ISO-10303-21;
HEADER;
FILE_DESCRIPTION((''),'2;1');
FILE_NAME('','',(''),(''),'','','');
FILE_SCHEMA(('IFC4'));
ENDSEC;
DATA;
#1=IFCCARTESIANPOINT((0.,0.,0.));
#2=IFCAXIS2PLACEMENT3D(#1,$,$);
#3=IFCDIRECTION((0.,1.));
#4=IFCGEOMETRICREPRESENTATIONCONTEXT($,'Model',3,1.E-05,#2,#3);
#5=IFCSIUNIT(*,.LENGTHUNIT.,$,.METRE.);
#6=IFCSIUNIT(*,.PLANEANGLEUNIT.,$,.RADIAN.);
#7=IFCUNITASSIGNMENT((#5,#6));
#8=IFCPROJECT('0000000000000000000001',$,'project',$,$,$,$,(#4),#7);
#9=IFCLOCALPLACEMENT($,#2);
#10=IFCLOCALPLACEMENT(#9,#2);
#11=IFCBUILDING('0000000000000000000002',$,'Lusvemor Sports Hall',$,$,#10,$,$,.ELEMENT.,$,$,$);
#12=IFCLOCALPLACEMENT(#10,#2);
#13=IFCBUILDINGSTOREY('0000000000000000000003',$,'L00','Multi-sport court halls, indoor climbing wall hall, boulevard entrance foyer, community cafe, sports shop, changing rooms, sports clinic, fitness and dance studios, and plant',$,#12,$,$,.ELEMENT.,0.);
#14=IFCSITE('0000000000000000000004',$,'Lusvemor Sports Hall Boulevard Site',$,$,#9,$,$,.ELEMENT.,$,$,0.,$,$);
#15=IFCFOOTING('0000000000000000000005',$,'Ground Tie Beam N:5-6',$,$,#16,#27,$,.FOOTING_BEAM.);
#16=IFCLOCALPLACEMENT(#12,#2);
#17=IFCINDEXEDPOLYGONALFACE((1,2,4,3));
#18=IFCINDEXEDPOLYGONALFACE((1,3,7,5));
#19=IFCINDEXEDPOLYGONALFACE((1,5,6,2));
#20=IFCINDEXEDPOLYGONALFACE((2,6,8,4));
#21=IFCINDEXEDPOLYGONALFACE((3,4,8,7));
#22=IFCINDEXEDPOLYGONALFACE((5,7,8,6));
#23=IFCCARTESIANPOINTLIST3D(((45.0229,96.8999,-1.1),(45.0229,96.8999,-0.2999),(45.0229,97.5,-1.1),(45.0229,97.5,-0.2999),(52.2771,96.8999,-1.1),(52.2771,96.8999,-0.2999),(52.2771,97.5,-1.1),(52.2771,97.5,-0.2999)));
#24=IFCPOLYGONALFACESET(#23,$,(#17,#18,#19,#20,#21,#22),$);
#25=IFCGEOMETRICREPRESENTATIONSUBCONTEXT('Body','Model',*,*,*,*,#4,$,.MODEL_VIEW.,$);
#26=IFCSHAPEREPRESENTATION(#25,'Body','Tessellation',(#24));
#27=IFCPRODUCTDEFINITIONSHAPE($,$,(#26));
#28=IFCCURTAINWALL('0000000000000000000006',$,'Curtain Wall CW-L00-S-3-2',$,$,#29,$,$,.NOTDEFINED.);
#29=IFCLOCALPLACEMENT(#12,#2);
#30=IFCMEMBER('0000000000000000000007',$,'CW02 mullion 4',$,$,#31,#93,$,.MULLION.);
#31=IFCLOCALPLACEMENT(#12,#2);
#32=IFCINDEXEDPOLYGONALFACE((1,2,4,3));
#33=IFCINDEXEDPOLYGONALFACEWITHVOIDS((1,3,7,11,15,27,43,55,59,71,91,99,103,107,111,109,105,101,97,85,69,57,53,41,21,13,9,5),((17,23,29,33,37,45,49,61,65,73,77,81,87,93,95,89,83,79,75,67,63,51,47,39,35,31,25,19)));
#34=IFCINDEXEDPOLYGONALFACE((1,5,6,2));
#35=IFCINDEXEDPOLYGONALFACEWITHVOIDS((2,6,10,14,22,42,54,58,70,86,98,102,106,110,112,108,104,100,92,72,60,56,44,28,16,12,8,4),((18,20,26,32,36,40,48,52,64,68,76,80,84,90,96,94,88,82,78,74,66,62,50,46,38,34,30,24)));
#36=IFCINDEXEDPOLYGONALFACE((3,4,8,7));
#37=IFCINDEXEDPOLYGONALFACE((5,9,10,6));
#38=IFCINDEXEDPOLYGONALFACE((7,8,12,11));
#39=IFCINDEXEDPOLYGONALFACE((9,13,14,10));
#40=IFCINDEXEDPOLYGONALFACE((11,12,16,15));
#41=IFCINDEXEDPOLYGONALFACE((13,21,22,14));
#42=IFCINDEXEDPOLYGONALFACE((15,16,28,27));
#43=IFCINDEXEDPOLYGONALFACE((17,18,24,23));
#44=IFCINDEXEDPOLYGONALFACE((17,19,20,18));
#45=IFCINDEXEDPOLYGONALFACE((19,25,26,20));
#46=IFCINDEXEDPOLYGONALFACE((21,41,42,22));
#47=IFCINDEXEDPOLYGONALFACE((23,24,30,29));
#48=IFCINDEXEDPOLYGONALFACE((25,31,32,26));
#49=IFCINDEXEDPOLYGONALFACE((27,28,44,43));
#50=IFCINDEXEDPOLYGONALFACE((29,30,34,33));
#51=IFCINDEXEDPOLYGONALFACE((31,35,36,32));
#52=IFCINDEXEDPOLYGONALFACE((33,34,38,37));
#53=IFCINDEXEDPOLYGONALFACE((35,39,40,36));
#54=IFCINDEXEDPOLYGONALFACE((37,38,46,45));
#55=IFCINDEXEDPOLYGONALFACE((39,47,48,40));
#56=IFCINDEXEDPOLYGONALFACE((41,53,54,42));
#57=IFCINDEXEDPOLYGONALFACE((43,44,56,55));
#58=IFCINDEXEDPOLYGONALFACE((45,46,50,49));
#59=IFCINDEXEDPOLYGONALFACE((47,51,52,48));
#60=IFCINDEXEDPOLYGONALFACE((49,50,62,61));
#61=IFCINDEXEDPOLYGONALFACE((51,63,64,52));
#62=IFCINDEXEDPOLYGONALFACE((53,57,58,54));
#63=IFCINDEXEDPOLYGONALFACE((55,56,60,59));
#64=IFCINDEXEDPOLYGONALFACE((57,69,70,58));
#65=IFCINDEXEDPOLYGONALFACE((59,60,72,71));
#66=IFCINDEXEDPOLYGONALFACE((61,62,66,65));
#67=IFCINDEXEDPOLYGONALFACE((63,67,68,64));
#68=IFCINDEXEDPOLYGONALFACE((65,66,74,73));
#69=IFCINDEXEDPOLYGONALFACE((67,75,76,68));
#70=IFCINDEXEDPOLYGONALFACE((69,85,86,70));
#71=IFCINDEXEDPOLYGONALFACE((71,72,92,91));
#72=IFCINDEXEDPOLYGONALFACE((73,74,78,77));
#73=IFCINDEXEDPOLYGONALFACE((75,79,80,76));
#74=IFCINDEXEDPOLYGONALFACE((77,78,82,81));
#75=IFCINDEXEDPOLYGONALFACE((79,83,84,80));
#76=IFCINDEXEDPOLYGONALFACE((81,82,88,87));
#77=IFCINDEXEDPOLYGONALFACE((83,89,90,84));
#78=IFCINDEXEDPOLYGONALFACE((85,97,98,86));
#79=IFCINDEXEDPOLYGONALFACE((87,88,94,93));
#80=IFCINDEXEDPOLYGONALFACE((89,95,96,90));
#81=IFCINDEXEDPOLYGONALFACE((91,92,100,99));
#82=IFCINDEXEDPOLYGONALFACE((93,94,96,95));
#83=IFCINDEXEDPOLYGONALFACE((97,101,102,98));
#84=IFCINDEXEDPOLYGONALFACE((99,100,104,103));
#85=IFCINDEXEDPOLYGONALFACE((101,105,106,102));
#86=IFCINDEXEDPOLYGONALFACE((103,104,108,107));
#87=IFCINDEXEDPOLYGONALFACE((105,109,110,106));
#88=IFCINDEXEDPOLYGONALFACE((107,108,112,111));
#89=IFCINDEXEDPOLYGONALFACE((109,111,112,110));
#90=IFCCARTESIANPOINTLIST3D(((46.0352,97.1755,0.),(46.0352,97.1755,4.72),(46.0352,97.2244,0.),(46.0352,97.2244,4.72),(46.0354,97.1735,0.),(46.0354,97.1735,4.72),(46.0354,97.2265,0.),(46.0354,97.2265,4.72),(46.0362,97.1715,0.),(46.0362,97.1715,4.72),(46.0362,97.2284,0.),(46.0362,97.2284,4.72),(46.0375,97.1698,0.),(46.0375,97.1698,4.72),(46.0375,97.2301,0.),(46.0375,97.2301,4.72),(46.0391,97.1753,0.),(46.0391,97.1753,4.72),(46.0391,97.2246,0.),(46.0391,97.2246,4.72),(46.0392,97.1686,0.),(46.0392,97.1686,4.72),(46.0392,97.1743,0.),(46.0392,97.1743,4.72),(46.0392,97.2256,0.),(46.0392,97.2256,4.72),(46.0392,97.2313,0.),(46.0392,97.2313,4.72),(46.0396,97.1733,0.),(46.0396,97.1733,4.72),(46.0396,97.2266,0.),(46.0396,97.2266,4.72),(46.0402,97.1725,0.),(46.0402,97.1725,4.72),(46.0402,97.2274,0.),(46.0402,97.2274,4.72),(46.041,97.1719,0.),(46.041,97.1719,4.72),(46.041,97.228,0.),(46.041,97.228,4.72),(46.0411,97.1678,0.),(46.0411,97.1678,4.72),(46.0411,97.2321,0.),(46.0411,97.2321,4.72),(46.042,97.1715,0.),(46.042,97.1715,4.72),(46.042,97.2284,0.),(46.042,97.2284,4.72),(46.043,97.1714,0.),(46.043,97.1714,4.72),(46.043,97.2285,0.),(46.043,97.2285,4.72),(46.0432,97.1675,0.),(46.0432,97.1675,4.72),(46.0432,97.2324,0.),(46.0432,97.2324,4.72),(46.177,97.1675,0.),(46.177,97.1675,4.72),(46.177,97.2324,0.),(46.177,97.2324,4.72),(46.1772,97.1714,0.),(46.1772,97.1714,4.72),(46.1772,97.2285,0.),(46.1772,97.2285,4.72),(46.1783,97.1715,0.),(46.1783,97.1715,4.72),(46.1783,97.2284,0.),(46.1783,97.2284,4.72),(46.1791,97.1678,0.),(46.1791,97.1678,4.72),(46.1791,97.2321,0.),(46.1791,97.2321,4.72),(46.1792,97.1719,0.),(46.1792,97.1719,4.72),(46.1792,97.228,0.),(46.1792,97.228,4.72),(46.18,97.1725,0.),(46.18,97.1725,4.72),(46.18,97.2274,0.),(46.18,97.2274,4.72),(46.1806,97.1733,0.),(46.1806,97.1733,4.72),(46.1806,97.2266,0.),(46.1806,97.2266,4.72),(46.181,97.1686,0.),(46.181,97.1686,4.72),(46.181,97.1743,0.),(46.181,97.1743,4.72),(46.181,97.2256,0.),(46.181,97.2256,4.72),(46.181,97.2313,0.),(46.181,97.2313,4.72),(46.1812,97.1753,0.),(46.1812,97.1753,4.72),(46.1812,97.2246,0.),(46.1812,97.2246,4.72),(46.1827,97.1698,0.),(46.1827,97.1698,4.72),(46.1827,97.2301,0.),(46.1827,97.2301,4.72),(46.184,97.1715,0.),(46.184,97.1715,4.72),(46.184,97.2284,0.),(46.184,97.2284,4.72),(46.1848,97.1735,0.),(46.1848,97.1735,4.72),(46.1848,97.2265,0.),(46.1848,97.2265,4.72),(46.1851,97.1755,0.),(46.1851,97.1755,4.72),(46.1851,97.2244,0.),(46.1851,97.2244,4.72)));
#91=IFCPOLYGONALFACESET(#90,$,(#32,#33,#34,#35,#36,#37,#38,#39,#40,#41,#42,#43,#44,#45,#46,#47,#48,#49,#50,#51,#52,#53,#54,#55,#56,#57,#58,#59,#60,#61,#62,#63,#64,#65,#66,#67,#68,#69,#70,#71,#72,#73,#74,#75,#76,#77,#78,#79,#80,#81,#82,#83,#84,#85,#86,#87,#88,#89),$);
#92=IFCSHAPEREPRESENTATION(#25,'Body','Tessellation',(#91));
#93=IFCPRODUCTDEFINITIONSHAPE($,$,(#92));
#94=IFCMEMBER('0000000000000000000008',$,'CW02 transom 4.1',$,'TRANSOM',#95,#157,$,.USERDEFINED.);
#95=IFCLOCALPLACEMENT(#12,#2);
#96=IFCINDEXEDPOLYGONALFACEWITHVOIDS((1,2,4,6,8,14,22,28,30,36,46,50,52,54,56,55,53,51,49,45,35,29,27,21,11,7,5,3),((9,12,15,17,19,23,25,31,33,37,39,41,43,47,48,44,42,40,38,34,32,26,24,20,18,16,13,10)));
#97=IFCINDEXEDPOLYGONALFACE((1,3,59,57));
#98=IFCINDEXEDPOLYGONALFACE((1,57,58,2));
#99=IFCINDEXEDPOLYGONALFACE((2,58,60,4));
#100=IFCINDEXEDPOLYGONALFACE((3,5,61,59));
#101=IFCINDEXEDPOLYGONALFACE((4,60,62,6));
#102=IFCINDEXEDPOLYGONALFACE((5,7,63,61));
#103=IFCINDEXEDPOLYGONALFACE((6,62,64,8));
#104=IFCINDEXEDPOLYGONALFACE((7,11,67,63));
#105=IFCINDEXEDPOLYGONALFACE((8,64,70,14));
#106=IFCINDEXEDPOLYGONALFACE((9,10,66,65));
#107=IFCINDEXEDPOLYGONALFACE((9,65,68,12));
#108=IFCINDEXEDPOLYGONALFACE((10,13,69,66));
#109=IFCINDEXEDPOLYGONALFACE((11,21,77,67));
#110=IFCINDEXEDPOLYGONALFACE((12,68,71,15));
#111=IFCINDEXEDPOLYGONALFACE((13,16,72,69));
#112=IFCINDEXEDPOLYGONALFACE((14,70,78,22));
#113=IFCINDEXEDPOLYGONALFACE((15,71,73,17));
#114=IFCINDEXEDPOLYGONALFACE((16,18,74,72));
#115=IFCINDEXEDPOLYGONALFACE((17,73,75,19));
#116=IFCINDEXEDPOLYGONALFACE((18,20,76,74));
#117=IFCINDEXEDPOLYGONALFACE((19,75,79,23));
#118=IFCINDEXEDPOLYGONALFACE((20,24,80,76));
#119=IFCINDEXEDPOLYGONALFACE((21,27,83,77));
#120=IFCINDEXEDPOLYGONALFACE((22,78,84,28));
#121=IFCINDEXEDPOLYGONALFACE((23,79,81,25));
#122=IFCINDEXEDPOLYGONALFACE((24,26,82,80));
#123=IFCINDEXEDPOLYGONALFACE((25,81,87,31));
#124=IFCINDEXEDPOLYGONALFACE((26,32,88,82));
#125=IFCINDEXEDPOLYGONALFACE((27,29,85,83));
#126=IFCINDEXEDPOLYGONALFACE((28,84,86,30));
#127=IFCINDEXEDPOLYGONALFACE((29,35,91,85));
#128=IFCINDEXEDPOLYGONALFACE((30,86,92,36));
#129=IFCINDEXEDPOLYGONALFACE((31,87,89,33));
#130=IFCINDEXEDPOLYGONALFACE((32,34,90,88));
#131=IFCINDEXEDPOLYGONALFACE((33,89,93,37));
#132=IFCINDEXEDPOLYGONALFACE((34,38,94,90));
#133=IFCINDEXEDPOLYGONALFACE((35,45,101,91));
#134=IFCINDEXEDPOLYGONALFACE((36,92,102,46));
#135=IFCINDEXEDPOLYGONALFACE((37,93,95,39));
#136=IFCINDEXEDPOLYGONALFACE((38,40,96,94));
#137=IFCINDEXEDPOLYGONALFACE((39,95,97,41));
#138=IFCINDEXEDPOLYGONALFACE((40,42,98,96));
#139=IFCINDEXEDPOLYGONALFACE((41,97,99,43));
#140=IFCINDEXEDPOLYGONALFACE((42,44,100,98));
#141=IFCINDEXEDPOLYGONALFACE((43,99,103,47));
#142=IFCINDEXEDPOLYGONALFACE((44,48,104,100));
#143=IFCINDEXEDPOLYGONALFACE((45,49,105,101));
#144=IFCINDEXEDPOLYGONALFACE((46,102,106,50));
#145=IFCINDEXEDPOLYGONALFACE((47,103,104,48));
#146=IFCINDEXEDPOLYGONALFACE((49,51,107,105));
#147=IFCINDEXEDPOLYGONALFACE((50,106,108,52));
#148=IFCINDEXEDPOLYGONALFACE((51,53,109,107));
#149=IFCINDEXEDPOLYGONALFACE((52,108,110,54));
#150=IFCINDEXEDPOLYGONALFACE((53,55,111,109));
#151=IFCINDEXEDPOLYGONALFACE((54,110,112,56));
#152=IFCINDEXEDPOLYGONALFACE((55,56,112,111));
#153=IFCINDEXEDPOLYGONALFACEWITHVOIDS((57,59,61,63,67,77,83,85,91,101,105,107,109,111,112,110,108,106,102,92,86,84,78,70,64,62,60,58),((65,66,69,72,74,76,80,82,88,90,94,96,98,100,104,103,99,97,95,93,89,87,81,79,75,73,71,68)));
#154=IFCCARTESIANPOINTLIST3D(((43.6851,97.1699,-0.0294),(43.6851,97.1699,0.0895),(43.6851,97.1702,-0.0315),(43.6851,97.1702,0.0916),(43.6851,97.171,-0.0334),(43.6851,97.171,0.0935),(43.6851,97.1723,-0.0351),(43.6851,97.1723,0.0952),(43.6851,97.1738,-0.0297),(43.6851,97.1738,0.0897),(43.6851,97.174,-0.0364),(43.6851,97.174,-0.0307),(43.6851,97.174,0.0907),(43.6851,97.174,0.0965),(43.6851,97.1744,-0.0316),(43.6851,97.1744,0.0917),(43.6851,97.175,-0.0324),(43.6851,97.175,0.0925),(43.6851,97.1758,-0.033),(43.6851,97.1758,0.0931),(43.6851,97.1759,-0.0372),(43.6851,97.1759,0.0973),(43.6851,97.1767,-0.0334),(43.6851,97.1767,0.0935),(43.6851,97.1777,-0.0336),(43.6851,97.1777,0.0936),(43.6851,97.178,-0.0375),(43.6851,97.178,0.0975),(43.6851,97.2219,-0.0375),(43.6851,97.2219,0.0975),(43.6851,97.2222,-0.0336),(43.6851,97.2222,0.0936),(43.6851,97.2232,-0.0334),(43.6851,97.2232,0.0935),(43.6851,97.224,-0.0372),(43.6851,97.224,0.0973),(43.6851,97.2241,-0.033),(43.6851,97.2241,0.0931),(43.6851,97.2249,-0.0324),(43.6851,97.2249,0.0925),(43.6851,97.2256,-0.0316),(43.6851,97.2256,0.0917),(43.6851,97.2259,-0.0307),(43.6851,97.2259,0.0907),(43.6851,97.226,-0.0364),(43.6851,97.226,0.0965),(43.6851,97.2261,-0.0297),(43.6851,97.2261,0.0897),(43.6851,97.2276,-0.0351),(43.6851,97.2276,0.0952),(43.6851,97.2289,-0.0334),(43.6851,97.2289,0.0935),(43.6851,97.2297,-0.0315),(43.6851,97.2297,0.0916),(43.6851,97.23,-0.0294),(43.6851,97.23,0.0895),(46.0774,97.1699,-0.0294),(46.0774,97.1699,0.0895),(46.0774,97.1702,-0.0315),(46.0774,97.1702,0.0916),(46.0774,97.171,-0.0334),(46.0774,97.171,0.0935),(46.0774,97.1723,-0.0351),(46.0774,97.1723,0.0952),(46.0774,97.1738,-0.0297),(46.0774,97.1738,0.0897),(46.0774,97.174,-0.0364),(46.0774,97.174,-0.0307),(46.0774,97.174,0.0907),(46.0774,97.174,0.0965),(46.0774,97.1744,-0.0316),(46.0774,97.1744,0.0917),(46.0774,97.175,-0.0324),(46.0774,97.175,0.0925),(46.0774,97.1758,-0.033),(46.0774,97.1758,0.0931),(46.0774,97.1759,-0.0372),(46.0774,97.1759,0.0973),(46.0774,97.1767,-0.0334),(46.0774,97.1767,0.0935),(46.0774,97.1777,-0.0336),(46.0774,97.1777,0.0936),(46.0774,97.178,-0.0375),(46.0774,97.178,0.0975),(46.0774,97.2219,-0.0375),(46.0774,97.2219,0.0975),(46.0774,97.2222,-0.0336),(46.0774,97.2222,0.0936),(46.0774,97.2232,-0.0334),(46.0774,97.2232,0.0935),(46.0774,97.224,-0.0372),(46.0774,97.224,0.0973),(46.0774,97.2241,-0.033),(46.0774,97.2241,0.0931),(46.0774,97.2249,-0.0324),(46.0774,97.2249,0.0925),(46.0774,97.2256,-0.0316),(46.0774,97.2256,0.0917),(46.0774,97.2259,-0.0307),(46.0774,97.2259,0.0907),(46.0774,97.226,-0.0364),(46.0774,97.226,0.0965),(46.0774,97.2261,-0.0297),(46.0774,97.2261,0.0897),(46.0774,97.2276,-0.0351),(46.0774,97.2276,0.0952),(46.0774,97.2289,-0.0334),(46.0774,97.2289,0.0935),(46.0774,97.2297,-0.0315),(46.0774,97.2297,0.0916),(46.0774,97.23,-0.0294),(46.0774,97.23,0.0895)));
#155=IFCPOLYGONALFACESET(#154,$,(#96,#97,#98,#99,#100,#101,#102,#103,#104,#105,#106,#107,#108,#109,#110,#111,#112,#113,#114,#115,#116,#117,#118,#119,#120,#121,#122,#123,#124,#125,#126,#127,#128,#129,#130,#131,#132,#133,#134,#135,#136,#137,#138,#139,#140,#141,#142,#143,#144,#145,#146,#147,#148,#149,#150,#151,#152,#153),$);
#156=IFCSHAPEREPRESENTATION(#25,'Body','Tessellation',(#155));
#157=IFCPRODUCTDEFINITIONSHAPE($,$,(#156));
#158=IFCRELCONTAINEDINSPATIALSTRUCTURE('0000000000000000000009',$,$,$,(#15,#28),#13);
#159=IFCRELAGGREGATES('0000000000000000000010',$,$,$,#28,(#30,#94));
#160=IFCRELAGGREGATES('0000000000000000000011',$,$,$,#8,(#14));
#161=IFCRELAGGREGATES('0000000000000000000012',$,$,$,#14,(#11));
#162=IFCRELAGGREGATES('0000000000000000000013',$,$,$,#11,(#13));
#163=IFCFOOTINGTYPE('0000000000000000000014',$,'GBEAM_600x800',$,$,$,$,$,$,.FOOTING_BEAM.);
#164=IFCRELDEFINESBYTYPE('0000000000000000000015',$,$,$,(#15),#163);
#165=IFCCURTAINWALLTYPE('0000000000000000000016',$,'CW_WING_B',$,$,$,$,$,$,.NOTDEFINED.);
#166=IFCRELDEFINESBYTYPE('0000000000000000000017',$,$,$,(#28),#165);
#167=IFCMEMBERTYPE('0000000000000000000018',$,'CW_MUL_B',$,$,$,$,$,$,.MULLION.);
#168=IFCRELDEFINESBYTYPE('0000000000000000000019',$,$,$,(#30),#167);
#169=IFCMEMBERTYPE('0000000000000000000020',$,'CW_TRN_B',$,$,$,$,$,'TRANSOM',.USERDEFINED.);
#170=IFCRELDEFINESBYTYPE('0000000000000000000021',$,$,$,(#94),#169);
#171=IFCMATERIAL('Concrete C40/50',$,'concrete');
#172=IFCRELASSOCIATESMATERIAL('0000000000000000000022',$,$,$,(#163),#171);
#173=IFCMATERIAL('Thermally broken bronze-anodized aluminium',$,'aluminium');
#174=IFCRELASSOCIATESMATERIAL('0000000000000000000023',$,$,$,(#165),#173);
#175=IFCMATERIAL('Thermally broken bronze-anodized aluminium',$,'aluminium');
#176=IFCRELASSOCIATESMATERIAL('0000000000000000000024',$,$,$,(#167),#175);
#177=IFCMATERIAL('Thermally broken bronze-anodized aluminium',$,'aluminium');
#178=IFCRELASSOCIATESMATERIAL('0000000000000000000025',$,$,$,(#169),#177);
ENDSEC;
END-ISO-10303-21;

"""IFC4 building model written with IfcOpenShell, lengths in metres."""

from ifc_helpers import new_model, si_unit, direction, frame, origin, origin_2d, place, context, subcontext, project, spatial, rectangle, hollow_rectangle, extrude, material, material_profile, profile_set, type_object, element, aggregate, save


model = new_model("IFC4")

# Units and contexts
model_context = context("Model", 3, precision=1e-05, world=origin(), true_north=direction((0.0, 1.0)))
body_context = subcontext(model_context, "Body", "Model", "MODEL_VIEW")
ifc_project = project(units=[si_unit("LENGTHUNIT", "METRE"), si_unit("PLANEANGLEUNIT", "RADIAN")], contexts=[model_context])

# Site, building, storey
site_placement = place(None, origin())
site = spatial("IfcSite", under=ifc_project, at=site_placement, Name="Lusvemor Sports Hall Boulevard Site", CompositionType="ELEMENT", RefElevation=0.0)
building_placement = place(site_placement, origin())
building = spatial("IfcBuilding", under=site, at=building_placement, Name="Lusvemor Sports Hall", CompositionType="ELEMENT")
storey_placement = place(building_placement, origin())
storey = spatial("IfcBuildingStorey", under=building, at=storey_placement, Name="L00", Description="Multi-sport court halls, indoor climbing wall hall, boulevard entrance foyer, community cafe, sports shop, changing rooms, sports clinic, fitness and dance studios, and plant", CompositionType="ELEMENT", Elevation=0.0)

# Footing
ifc_material_1 = material(Name="Concrete C40/50", Category="concrete")
ifc_material_profile_1 = material_profile(ifc_material_1, rectangle(XDim=0.6001, YDim=0.8, at=origin_2d()), Name="GB_600x800")
ifc_profile_set_1 = profile_set([ifc_material_profile_1], Name="Concrete C40/50")
footing_type = type_object("IfcFootingType", Name="GBEAM_600x800", PredefinedType="FOOTING_BEAM", material=ifc_profile_set_1)
footing_placement = place(storey_placement, frame((45.0229, 97.2, -0.7), z_axis=(1.0, 0.0, 0.0), x_axis=(0.0, 1.0, 0.0)))
element("IfcFooting", 1, at=footing_placement, inside=storey, type_object=footing_type, Name="Ground Tie Beam N:5-6", PredefinedType="FOOTING_BEAM", context=body_context, shape_type="SweptSolid", body=[
    extrude(rectangle(XDim=0.6001, YDim=0.8, at=origin_2d()), origin(), (0.0, 0.0, 1.0), 7.2542),
])

# Curtain wall, members
ifc_material_2 = material(Name="Thermally broken bronze-anodized aluminium", Category="aluminium")
curtain_wall_type = type_object("IfcCurtainWallType", Name="CW_WING_B", PredefinedType="NOTDEFINED", material=ifc_material_2)
curtain_wall_placement = place(storey_placement, origin())
curtain_wall = element("IfcCurtainWall", 2, at=curtain_wall_placement, inside=storey, type_object=curtain_wall_type, Name="Curtain Wall CW-L00-S-3-2", PredefinedType="NOTDEFINED")
ifc_material_3 = material(Name="Thermally broken bronze-anodized aluminium", Category="aluminium")
ifc_material_profile_2 = material_profile(ifc_material_3, hollow_rectangle(XDim=0.0649, YDim=0.1499, WallThickness=0.0039, InnerFilletRadius=0.0039, OuterFilletRadius=0.0081, at=origin_2d()), Name="CWMUL150x65x4")
ifc_profile_set_2 = profile_set([ifc_material_profile_2], Name="Thermally broken bronze-anodized aluminium")
member_type_1 = type_object("IfcMemberType", Name="CW_MUL_B", PredefinedType="MULLION", material=ifc_profile_set_2)
member_1_placement = place(storey_placement, frame((46.1101, 97.2, 0.0), z_axis=(0.0, 0.0, 1.0), x_axis=(0.0, -1.0, 0.0)))
member_1 = element("IfcMember", 3, at=member_1_placement, type_object=member_type_1, Name="CW02 mullion 4", PredefinedType="MULLION", context=body_context, shape_type="SweptSolid", body=[
    extrude(hollow_rectangle(XDim=0.0649, YDim=0.1499, WallThickness=0.0039, InnerFilletRadius=0.0039, OuterFilletRadius=0.0081, at=origin_2d()), origin(), (0.0, 0.0, 1.0), 4.72),
])
ifc_material_4 = material(Name="Thermally broken bronze-anodized aluminium", Category="aluminium")
ifc_material_profile_3 = material_profile(ifc_material_4, hollow_rectangle(XDim=0.0601, YDim=0.135, WallThickness=0.0039, InnerFilletRadius=0.0039, OuterFilletRadius=0.0081, at=origin_2d()), Name="CWTRN135x60x4")
ifc_profile_set_3 = profile_set([ifc_material_profile_3], Name="Thermally broken bronze-anodized aluminium")
member_type_2 = type_object("IfcMemberType", Name="CW_TRN_B", ElementType="TRANSOM", PredefinedType="USERDEFINED", material=ifc_profile_set_3)
member_2_placement = place(storey_placement, frame((46.0774, 97.2, 0.03), z_axis=(-1.0, 0.0, 0.0), x_axis=(0.0, -1.0, 0.0)))
member_2 = element("IfcMember", 4, at=member_2_placement, type_object=member_type_2, Name="CW02 transom 4.1", ObjectType="TRANSOM", PredefinedType="USERDEFINED", context=body_context, shape_type="SweptSolid", body=[
    extrude(hollow_rectangle(XDim=0.0601, YDim=0.135, WallThickness=0.0039, InnerFilletRadius=0.0039, OuterFilletRadius=0.0081, at=origin_2d()), origin(), (0.0, 0.0, 1.0), 2.3923),
])
aggregate(curtain_wall, [member_1, member_2])

save(model, "model.ifc")
